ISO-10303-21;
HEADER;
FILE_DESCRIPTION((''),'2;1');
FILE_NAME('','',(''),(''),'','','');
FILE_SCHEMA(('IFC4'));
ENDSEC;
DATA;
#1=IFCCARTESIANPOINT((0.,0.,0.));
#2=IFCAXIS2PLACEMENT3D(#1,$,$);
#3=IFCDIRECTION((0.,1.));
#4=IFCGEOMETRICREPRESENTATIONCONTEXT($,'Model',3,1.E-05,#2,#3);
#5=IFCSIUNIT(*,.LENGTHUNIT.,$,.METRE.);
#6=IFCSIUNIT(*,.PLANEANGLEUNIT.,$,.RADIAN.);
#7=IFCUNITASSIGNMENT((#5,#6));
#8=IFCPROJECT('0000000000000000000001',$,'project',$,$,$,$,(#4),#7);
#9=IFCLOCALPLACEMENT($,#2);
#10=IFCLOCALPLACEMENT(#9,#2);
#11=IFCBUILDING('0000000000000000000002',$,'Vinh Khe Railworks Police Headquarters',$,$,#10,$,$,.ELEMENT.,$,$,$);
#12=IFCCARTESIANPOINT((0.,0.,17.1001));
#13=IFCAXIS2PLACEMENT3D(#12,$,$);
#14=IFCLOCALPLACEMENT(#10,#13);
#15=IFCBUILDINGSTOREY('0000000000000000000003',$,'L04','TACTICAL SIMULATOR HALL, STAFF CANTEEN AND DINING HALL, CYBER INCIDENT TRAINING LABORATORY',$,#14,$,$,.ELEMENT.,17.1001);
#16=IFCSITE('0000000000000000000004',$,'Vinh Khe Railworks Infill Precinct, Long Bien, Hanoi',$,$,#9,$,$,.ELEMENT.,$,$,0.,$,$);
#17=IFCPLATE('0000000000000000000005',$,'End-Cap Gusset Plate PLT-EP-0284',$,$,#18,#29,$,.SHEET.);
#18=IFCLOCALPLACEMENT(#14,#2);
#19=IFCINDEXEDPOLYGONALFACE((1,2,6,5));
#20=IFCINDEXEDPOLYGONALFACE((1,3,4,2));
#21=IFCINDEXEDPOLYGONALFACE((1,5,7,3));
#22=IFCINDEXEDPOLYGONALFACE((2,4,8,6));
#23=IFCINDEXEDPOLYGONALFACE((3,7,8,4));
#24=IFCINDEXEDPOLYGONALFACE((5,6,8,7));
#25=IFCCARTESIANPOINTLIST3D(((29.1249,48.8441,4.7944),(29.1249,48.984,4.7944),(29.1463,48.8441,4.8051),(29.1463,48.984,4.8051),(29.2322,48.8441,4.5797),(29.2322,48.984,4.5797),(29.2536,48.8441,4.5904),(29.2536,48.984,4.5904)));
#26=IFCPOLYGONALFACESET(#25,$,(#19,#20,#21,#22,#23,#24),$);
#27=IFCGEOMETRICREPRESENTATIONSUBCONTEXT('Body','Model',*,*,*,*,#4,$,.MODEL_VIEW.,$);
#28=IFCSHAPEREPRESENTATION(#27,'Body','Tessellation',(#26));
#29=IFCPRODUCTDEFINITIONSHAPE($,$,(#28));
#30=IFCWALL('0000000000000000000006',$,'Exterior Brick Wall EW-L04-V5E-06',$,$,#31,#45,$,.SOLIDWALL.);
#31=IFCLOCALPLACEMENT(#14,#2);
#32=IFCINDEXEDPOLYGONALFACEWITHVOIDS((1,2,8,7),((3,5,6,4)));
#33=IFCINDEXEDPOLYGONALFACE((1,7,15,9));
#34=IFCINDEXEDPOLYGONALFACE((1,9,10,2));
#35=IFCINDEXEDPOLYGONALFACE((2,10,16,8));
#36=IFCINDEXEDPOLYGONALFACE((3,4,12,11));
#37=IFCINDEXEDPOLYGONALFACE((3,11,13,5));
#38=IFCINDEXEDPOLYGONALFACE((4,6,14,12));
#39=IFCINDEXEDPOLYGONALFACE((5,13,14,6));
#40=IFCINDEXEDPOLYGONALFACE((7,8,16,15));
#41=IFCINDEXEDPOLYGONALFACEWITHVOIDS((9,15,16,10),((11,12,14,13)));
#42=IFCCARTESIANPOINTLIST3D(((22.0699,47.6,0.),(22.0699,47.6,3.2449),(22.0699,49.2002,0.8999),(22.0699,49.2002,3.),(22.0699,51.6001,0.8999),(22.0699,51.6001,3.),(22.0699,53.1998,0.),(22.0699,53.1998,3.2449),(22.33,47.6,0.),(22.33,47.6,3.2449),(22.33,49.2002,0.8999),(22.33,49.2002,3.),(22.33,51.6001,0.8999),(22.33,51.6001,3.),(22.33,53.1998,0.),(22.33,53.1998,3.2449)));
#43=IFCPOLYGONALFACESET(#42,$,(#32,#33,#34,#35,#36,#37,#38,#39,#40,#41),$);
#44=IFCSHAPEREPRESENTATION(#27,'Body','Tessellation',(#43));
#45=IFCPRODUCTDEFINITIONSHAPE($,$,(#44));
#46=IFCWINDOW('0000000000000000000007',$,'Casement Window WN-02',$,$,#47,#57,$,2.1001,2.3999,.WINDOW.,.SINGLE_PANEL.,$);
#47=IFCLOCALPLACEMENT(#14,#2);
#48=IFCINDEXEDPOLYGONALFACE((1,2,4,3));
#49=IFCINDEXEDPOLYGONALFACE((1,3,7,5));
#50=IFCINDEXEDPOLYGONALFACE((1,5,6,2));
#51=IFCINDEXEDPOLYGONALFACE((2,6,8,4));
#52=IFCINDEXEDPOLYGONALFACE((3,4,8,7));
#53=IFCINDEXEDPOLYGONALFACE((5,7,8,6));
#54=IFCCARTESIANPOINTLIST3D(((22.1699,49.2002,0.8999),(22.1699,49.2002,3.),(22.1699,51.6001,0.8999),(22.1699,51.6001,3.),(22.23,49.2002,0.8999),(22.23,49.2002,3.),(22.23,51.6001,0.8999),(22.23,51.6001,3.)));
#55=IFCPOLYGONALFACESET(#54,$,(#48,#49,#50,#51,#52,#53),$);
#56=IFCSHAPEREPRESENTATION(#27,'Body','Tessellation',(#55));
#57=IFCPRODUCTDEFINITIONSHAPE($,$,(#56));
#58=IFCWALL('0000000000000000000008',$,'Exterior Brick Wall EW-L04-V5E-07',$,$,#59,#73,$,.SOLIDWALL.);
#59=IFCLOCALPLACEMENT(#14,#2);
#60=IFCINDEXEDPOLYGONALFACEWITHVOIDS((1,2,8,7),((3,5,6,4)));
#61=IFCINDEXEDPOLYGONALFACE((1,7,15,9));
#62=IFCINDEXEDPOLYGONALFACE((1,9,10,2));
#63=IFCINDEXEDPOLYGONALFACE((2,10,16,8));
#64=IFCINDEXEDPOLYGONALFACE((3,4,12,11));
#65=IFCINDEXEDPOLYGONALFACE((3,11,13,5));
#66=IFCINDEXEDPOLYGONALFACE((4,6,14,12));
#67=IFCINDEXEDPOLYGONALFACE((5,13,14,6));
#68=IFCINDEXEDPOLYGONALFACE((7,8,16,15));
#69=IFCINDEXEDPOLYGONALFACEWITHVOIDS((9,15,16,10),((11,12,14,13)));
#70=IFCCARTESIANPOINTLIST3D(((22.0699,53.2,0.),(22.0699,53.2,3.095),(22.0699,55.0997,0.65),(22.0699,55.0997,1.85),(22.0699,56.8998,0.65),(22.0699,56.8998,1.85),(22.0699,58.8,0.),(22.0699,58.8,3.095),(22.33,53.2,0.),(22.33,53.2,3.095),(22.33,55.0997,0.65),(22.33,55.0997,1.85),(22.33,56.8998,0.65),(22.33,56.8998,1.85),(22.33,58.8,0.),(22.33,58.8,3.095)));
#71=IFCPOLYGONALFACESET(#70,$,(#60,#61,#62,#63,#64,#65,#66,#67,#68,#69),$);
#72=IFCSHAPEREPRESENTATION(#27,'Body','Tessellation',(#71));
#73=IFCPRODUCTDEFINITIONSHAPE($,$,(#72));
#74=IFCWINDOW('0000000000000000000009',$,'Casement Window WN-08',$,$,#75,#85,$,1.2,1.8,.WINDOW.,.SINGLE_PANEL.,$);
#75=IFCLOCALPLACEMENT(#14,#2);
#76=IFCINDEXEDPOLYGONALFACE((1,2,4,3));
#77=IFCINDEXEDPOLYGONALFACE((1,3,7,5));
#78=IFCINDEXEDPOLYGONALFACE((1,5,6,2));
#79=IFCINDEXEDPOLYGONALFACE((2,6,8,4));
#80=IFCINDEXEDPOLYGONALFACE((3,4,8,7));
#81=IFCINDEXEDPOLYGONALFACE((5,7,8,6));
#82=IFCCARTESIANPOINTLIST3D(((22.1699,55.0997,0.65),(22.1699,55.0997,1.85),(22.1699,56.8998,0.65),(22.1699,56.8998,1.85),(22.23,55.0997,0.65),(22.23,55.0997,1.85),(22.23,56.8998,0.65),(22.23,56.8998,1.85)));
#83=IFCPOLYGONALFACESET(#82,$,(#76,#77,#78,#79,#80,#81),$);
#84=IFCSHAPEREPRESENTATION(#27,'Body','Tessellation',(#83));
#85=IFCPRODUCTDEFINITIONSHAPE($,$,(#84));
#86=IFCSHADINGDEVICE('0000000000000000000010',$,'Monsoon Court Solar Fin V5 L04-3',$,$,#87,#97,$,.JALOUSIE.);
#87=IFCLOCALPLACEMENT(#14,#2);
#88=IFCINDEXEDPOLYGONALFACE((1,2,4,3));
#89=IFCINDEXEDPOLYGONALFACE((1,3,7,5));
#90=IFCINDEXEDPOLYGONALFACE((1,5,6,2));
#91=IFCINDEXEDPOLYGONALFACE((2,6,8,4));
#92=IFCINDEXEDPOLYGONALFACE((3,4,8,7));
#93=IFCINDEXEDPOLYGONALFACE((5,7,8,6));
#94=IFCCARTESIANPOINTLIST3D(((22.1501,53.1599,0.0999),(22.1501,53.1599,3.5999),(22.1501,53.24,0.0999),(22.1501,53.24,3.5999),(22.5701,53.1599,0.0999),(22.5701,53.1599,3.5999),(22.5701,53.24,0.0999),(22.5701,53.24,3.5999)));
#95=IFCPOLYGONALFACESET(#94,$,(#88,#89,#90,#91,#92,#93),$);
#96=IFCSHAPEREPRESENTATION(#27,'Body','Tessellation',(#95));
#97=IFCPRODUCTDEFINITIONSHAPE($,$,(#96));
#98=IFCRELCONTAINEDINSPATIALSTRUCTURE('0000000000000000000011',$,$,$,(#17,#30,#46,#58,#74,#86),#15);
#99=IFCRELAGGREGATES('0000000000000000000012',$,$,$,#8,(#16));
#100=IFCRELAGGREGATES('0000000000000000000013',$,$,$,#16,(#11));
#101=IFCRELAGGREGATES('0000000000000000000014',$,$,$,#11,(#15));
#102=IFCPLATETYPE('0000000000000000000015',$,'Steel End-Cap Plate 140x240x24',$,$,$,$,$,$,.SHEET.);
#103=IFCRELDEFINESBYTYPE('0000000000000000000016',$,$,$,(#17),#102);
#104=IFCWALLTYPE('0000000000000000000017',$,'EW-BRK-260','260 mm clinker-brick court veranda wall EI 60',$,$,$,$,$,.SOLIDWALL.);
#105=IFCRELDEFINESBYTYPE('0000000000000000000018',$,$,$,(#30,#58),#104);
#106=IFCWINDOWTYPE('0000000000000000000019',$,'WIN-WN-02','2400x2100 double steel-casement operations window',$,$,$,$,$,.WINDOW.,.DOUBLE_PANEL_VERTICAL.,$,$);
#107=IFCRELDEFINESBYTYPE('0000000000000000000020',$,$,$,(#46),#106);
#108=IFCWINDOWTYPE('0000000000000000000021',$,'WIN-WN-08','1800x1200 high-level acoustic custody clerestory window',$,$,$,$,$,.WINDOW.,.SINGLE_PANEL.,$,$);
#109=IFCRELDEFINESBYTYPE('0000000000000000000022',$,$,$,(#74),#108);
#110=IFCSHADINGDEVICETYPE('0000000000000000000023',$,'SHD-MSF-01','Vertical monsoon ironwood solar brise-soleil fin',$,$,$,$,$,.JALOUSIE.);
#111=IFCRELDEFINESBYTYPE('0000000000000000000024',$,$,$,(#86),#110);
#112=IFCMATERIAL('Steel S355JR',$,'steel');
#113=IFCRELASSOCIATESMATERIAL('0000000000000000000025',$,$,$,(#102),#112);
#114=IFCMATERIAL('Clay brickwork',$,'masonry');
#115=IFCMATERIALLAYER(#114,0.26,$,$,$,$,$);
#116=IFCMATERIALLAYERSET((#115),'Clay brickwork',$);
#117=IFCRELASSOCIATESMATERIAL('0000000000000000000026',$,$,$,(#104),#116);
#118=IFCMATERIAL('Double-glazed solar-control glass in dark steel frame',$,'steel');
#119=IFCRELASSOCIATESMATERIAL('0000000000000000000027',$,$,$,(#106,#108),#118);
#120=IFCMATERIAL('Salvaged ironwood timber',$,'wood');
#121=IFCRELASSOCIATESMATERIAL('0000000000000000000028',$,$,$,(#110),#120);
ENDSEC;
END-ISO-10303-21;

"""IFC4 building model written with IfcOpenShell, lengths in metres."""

from ifc_helpers import new_model, si_unit, direction, frame, frame_2d, origin, origin_2d, place, context, subcontext, project, spatial, rectangle, extrude, material, layer, layer_set, material_profile, profile_set, type_object, element, fill, save


model = new_model("IFC4")

# Units and contexts
model_context = context("Model", 3, precision=1e-05, world=origin(), true_north=direction((0.0, 1.0)))
body_context = subcontext(model_context, "Body", "Model", "MODEL_VIEW")
ifc_project = project(units=[si_unit("LENGTHUNIT", "METRE"), si_unit("PLANEANGLEUNIT", "RADIAN")], contexts=[model_context])

# Site, building, storey
site_placement = place(None, origin())
site = spatial("IfcSite", under=ifc_project, at=site_placement, Name="Vinh Khe Railworks Infill Precinct, Long Bien, Hanoi", CompositionType="ELEMENT", RefElevation=0.0)
building_placement = place(site_placement, origin())
building = spatial("IfcBuilding", under=site, at=building_placement, Name="Vinh Khe Railworks Police Headquarters", CompositionType="ELEMENT")
storey_placement = place(building_placement, frame((0.0, 0.0, 17.1001)))
storey = spatial("IfcBuildingStorey", under=building, at=storey_placement, Name="L04", Description="TACTICAL SIMULATOR HALL, STAFF CANTEEN AND DINING HALL, CYBER INCIDENT TRAINING LABORATORY", CompositionType="ELEMENT", Elevation=17.1001)

# Shared definitions
ifc_material_1 = material(Name="Steel S355JR", Category="steel")

# Plate
ifc_material_profile_1 = material_profile(ifc_material_1, rectangle(XDim=0.1399, YDim=0.24, at=origin_2d()), Name="PL 140x240")
ifc_profile_set_1 = profile_set([ifc_material_profile_1], Name="Steel S355JR")
plate_type = type_object("IfcPlateType", Name="Steel End-Cap Plate 140x240x24", PredefinedType="SHEET", material=ifc_profile_set_1)
for number, where, z_axis, x_axis, name in (
    (1, (29.2, 48.9141, 4.6978), (-0.894427, 0.0, -0.447214), (0.0, -1.0, 0.0), "End-Cap Gusset Plate PLT-EP-0284"),
):
    element("IfcPlate", number, at=place(storey_placement, frame(where, z_axis=z_axis, x_axis=x_axis)), inside=storey, type_object=plate_type, Name=name, PredefinedType="SHEET", context=body_context, shape_type="SweptSolid", body=[
        extrude(rectangle(XDim=0.1399, YDim=0.24, at=origin_2d()), origin(), (0.0, 0.0, 1.0), 0.0239),
    ])

# Walls, openings, windows
ifc_material_2 = material(Name="Clay brickwork", Category="masonry")
ifc_layer_1 = layer(ifc_material_2, 0.26)
ifc_layer_set_1 = layer_set([ifc_layer_1], Name="Clay brickwork")
wall_type = type_object("IfcWallType", Name="EW-BRK-260", Description="260 mm clinker-brick court veranda wall EI 60", PredefinedType="SOLIDWALL", material=ifc_layer_set_1)
wall_1_placement = place(storey_placement, frame((22.2, 47.6001, 0.0), z_axis=(0.0, 0.0, 1.0), x_axis=(0.0, 1.0, 0.0)))
wall_1 = element("IfcWall", 2, at=wall_1_placement, inside=storey, type_object=wall_type, Name="Exterior Brick Wall EW-L04-V5E-06", PredefinedType="SOLIDWALL", context=body_context, shape_type="SweptSolid", body=[
    extrude(rectangle(XDim=5.5999, YDim=0.26, at=frame_2d((2.7998, 0.0))), origin(), (0.0, 0.0, 1.0), 3.2449),
])
opening_1_placement = place(wall_1_placement, frame((1.6001, 0.0, 0.8999)))
opening_1 = element("IfcOpeningElement", 3, at=opening_1_placement, cuts=wall_1, PredefinedType="OPENING", context=body_context, shape_type="SweptSolid", body=[
    extrude(rectangle(XDim=2.3999, YDim=2.1001, at=frame_2d((1.2, 1.05))), frame((0.0, 0.145, 0.0), z_axis=(0.0, -1.0, 0.0), x_axis=(1.0, 0.0, 0.0)), (0.0, 0.0, 1.0), 0.2898),
])
ifc_material_3 = material(Name="Double-glazed solar-control glass in dark steel frame", Category="steel")
window_type_1 = type_object("IfcWindowType", Name="WIN-WN-02", Description="2400x2100 double steel-casement operations window", PartitioningType="DOUBLE_PANEL_VERTICAL", PredefinedType="WINDOW", material=ifc_material_3)
window_1_placement = place(opening_1_placement, origin())
window_1 = element("IfcWindow", 4, at=window_1_placement, inside=storey, type_object=window_type_1, Name="Casement Window WN-02", OverallHeight=2.1001, OverallWidth=2.3999, PartitioningType="SINGLE_PANEL", PredefinedType="WINDOW", context=body_context, shape_type="SweptSolid", body=[
    extrude(rectangle(XDim=2.3999, YDim=2.1001, at=frame_2d((1.2, 1.05))), frame((0.0, 0.03, 0.0), z_axis=(0.0, -1.0, 0.0), x_axis=(1.0, 0.0, 0.0)), (0.0, 0.0, 1.0), 0.0601),
])
fill(opening_1, window_1)
wall_2_placement = place(storey_placement, frame((22.2, 53.2, 0.0), z_axis=(0.0, 0.0, 1.0), x_axis=(0.0, 1.0, 0.0)))
wall_2 = element("IfcWall", 5, at=wall_2_placement, inside=storey, type_object=wall_type, Name="Exterior Brick Wall EW-L04-V5E-07", PredefinedType="SOLIDWALL", context=body_context, shape_type="SweptSolid", body=[
    extrude(rectangle(XDim=5.6001, YDim=0.26, at=frame_2d((2.8, 0.0))), origin(), (0.0, 0.0, 1.0), 3.095),
])
opening_2_placement = place(wall_2_placement, frame((1.8999, 0.0, 0.6499)))
opening_2 = element("IfcOpeningElement", 6, at=opening_2_placement, cuts=wall_2, PredefinedType="OPENING", context=body_context, shape_type="SweptSolid", body=[
    extrude(rectangle(XDim=1.8, YDim=1.2, at=frame_2d((0.8999, 0.6001))), frame((0.0, 0.145, 0.0), z_axis=(0.0, -1.0, 0.0), x_axis=(1.0, 0.0, 0.0)), (0.0, 0.0, 1.0), 0.2898),
])
window_type_2 = type_object("IfcWindowType", Name="WIN-WN-08", Description="1800x1200 high-level acoustic custody clerestory window", PartitioningType="SINGLE_PANEL", PredefinedType="WINDOW", material=ifc_material_3)
window_2_placement = place(opening_2_placement, origin())
window_2 = element("IfcWindow", 7, at=window_2_placement, inside=storey, type_object=window_type_2, Name="Casement Window WN-08", OverallHeight=1.2, OverallWidth=1.8, PartitioningType="SINGLE_PANEL", PredefinedType="WINDOW", context=body_context, shape_type="SweptSolid", body=[
    extrude(rectangle(XDim=1.8, YDim=1.2, at=frame_2d((0.8999, 0.6001))), frame((0.0, 0.03, 0.0), z_axis=(0.0, -1.0, 0.0), x_axis=(1.0, 0.0, 0.0)), (0.0, 0.0, 1.0), 0.0601),
])
fill(opening_2, window_2)

# Shading device
ifc_material_4 = material(Name="Salvaged ironwood timber", Category="wood")
shading_device_type = type_object("IfcShadingDeviceType", Name="SHD-MSF-01", Description="Vertical monsoon ironwood solar brise-soleil fin", PredefinedType="JALOUSIE", material=ifc_material_4)
shading_device_placement = place(storey_placement, frame((22.3601, 53.2, 0.0999), z_axis=(0.0, 0.0, 1.0), x_axis=(1.0, 0.0, 0.0)))
element("IfcShadingDevice", 8, at=shading_device_placement, inside=storey, type_object=shading_device_type, Name="Monsoon Court Solar Fin V5 L04-3", PredefinedType="JALOUSIE", context=body_context, shape_type="SweptSolid", body=[
    extrude(rectangle(XDim=0.4199, YDim=0.0801, at=origin_2d()), origin(), (0.0, 0.0, 1.0), 3.5),
])

save(model, "model.ifc")
